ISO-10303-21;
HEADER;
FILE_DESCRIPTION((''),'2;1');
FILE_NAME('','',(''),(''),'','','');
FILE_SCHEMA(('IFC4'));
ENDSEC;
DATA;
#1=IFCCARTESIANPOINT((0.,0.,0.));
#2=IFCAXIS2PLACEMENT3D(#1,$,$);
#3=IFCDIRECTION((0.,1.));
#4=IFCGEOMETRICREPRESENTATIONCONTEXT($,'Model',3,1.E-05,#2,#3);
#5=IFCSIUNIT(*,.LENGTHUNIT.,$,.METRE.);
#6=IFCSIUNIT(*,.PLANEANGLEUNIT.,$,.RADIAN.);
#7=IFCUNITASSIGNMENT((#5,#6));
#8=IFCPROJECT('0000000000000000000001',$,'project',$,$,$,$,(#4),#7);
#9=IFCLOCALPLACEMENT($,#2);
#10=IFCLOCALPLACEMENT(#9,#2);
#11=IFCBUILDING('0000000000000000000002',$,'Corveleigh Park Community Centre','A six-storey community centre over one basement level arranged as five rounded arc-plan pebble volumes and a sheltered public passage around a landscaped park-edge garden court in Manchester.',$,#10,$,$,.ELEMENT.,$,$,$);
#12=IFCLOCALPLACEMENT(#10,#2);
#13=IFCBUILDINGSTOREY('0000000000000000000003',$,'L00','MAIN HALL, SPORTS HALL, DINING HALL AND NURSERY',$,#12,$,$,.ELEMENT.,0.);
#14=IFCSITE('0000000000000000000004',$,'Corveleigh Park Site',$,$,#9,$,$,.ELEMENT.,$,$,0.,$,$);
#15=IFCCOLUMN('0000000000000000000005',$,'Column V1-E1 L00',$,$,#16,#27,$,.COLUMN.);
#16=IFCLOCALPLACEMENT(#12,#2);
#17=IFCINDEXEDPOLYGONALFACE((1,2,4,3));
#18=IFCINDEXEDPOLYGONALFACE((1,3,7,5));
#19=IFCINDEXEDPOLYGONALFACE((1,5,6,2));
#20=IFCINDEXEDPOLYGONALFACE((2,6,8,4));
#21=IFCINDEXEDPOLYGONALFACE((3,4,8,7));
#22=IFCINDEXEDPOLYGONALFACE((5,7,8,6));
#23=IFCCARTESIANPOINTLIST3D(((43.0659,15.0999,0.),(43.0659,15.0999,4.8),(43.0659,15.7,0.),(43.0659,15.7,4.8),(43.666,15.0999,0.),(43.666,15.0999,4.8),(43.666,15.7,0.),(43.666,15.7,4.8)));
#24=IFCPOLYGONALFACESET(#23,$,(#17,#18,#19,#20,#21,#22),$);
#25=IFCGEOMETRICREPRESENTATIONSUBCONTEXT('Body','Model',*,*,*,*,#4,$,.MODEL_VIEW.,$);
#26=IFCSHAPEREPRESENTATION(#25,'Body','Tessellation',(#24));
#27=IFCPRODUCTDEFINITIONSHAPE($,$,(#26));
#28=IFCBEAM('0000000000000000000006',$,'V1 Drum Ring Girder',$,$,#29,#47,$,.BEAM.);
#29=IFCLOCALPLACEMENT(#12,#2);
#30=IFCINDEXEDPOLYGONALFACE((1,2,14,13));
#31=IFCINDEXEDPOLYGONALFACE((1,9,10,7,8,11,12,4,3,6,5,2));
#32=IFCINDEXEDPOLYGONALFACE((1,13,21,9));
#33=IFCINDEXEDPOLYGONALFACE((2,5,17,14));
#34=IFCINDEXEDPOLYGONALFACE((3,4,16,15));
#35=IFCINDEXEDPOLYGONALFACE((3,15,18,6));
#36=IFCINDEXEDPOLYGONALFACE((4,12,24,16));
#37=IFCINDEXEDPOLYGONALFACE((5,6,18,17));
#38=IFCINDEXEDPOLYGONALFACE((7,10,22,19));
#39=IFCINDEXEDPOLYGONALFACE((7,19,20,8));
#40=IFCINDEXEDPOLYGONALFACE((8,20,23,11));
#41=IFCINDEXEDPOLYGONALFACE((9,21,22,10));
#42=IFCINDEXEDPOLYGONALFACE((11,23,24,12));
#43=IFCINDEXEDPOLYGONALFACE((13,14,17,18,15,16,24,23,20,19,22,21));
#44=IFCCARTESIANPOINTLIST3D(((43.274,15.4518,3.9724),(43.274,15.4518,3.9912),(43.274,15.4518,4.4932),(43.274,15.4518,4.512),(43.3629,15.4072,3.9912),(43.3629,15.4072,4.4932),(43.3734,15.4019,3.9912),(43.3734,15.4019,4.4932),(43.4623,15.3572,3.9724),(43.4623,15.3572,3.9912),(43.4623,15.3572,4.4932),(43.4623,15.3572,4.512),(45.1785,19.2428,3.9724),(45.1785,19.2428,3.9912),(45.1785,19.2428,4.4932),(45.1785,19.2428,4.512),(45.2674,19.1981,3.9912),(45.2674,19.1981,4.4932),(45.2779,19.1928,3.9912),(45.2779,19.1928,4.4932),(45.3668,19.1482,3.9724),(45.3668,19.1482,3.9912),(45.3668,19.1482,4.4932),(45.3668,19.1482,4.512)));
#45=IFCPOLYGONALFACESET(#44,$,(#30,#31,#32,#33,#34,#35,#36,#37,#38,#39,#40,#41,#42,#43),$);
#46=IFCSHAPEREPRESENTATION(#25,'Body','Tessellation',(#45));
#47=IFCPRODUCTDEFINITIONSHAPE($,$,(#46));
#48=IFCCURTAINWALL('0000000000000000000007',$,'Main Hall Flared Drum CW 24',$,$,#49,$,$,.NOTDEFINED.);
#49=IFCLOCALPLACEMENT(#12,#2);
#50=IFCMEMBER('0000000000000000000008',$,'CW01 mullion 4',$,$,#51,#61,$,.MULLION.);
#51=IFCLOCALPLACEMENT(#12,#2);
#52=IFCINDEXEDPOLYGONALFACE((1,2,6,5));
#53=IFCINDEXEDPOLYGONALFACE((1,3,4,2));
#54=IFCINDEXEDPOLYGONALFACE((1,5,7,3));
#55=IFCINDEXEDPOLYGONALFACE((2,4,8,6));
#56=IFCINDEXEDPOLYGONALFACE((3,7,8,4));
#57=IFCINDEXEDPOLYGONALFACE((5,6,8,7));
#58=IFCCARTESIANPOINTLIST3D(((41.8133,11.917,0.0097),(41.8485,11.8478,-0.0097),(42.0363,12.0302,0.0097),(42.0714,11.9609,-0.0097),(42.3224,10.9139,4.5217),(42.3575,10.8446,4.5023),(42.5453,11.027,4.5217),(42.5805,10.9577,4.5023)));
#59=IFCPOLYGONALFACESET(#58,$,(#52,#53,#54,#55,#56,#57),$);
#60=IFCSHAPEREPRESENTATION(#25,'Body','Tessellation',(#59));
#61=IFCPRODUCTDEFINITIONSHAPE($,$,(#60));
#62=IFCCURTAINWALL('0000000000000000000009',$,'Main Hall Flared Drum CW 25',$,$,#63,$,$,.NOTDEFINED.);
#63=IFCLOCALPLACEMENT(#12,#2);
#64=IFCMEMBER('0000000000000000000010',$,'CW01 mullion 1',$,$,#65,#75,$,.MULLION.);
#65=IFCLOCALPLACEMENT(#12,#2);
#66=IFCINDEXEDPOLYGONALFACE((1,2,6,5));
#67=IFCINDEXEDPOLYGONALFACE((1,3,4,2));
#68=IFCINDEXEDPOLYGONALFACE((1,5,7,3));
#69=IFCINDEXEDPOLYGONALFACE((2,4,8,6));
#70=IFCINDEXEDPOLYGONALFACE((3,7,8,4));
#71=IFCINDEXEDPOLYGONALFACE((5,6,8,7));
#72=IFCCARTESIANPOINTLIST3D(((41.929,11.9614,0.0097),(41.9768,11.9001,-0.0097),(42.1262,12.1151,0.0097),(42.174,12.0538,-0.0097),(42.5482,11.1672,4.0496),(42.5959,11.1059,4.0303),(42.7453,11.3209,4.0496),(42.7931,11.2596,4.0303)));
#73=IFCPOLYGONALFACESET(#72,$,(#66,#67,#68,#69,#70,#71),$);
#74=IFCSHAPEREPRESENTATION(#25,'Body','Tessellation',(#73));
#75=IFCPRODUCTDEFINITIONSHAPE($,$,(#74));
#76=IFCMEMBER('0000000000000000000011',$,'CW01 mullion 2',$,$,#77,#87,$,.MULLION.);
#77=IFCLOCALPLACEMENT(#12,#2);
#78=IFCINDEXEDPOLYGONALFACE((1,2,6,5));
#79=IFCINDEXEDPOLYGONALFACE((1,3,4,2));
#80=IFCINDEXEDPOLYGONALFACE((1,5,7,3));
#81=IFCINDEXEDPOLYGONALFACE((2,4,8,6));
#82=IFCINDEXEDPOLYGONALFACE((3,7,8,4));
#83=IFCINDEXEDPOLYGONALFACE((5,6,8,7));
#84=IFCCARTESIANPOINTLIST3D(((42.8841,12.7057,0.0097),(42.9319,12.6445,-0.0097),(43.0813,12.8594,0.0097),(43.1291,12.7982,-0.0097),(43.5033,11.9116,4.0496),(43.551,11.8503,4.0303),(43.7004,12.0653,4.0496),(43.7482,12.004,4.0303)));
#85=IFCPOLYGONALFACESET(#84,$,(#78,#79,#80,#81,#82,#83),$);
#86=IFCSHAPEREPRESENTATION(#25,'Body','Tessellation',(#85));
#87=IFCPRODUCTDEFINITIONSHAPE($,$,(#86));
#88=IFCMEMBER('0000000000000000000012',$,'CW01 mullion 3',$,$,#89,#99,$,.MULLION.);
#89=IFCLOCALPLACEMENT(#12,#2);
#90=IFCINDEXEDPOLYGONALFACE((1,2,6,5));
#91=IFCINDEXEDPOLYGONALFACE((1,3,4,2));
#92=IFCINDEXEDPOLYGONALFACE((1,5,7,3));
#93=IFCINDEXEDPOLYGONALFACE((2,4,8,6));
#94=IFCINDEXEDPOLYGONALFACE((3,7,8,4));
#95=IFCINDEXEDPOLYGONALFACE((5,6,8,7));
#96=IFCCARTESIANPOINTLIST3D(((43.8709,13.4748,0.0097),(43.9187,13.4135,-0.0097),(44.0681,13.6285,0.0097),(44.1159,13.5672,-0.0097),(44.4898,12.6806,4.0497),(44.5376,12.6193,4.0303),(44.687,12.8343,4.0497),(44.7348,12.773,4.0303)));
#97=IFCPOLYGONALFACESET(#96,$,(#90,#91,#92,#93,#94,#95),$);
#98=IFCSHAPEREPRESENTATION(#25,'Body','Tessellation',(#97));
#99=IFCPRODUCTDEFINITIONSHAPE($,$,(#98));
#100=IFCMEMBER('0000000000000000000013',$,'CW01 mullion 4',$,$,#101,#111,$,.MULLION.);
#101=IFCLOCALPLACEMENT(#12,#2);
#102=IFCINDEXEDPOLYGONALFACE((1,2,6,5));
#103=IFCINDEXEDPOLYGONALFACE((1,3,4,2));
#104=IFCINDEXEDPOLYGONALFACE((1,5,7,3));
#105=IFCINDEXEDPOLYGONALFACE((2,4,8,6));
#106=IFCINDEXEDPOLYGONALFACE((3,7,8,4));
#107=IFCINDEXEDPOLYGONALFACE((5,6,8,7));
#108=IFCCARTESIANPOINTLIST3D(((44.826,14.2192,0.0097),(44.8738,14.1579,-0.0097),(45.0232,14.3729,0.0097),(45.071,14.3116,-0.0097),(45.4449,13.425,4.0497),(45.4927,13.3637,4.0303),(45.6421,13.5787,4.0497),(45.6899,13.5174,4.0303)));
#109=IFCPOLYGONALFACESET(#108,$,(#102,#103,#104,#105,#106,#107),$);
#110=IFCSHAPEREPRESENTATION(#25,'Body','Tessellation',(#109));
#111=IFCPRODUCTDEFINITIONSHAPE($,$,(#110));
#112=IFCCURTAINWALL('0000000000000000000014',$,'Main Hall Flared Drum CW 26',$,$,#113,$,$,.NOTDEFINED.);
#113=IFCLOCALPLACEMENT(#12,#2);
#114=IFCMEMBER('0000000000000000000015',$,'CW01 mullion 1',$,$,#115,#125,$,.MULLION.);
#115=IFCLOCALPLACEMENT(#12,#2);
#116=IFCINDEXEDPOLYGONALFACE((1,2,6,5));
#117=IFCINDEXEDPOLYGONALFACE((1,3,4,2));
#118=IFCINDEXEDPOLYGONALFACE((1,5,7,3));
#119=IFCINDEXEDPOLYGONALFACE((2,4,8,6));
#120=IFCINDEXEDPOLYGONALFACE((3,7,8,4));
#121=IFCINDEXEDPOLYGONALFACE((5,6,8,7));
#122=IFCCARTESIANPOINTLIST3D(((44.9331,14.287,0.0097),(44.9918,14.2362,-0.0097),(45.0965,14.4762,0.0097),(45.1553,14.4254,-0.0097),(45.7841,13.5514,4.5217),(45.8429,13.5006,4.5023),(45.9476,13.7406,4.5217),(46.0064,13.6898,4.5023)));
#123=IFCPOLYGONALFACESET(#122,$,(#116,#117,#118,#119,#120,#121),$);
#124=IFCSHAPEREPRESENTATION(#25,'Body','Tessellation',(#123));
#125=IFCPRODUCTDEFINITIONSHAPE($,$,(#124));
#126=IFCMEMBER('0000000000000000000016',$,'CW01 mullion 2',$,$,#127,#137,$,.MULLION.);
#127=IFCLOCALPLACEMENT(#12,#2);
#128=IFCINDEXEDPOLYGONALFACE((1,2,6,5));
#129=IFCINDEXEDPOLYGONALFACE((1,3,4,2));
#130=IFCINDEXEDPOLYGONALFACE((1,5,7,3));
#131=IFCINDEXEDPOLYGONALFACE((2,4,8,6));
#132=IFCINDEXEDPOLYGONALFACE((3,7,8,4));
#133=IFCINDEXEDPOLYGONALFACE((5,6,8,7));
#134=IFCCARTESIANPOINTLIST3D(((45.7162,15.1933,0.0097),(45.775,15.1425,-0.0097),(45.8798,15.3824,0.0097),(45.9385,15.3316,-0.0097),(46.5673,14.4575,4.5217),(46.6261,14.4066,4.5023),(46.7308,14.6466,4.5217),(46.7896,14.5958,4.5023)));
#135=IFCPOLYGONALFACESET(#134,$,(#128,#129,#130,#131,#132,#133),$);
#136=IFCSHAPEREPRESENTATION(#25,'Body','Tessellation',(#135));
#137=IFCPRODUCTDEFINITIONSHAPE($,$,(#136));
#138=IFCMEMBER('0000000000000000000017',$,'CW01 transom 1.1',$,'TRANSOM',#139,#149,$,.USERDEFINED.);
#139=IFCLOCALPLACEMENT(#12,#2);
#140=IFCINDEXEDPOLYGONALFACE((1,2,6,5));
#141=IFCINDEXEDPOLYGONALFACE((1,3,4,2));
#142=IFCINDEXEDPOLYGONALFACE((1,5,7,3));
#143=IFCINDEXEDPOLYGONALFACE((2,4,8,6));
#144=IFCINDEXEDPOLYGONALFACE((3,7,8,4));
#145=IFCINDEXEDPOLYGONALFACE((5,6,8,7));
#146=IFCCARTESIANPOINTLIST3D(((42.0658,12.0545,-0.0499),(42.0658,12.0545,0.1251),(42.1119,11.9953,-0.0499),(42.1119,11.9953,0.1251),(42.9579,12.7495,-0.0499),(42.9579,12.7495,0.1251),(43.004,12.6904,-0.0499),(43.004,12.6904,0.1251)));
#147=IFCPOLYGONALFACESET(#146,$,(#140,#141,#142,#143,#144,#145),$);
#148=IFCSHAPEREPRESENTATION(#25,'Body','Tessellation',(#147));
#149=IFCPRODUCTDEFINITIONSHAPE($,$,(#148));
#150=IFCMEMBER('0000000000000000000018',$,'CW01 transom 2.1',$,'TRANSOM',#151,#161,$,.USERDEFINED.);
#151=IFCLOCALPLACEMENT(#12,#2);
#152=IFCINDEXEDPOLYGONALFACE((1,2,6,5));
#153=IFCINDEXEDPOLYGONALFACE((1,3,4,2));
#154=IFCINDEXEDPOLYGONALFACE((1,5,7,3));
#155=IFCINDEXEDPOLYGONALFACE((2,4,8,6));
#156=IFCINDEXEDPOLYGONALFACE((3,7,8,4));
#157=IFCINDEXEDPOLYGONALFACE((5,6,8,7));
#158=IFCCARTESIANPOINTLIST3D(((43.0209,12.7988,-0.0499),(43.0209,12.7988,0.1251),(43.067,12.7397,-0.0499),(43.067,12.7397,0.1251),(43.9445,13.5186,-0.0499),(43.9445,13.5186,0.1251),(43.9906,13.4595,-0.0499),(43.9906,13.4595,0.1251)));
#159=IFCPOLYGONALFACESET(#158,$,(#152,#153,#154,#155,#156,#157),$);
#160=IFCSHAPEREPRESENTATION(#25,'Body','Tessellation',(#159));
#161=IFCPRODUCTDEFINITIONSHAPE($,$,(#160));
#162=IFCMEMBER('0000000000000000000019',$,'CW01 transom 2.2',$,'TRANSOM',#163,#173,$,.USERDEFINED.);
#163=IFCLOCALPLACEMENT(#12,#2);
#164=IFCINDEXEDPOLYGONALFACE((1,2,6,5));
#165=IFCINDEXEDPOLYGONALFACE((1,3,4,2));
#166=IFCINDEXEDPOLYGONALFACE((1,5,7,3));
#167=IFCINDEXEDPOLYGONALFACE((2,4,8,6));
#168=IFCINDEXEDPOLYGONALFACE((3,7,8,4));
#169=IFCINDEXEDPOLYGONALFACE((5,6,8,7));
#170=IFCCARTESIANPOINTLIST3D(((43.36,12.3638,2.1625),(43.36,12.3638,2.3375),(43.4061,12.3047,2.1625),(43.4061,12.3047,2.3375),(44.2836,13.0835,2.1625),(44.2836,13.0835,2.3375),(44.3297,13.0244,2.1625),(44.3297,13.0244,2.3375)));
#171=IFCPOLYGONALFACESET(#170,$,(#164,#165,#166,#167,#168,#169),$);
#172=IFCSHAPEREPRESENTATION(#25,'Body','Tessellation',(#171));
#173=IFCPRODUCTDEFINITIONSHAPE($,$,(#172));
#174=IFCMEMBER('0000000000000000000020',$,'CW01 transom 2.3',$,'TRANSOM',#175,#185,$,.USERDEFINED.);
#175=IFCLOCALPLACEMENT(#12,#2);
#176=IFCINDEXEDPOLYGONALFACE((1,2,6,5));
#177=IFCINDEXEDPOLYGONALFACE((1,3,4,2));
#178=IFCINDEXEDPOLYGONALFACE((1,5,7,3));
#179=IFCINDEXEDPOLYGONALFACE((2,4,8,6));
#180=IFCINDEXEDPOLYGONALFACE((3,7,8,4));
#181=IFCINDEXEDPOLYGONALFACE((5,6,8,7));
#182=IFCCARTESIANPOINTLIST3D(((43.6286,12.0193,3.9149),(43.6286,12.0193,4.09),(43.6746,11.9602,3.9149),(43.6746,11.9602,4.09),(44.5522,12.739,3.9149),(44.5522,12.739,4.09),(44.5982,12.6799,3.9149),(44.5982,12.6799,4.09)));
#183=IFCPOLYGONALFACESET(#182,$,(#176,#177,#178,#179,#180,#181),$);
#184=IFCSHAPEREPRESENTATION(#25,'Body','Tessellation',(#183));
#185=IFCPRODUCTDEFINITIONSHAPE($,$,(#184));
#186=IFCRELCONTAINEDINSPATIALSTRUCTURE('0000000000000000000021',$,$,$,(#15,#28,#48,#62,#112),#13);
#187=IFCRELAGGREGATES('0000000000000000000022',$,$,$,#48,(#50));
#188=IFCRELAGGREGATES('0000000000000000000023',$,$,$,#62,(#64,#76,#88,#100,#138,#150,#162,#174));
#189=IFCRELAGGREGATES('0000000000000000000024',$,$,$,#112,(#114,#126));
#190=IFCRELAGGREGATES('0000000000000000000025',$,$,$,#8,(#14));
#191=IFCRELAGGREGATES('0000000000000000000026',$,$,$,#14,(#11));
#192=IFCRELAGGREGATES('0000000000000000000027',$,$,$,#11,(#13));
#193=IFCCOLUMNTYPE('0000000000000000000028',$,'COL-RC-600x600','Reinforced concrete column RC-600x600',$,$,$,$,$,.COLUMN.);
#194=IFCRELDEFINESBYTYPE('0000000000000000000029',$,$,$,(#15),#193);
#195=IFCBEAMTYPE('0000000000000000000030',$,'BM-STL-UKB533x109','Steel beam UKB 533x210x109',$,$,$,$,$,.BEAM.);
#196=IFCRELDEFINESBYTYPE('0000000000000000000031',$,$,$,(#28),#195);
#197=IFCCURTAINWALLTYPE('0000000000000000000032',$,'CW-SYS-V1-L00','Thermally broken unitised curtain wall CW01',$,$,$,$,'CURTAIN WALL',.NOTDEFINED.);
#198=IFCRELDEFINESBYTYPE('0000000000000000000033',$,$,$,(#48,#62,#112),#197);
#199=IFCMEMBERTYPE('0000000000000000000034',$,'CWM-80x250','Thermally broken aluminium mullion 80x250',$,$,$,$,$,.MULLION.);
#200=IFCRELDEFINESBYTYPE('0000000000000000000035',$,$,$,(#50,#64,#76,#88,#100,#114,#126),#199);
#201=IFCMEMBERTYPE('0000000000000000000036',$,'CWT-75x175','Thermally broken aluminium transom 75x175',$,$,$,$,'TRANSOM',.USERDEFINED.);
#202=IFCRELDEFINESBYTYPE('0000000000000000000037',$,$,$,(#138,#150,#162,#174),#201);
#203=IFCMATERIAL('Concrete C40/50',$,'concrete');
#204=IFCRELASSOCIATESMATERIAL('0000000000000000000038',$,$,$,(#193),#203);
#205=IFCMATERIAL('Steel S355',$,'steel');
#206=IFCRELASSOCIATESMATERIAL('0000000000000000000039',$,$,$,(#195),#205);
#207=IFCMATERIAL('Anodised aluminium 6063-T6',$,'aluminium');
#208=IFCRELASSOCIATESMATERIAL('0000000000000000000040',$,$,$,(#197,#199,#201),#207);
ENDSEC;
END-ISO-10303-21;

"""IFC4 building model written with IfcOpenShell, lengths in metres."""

from ifc_helpers import new_model, si_unit, direction, frame, origin, origin_2d, place, context, subcontext, project, spatial, rectangle, i_section, extrude, material, material_profile, profile_set, type_object, element, aggregate, save


model = new_model("IFC4")

# Units and contexts
model_context = context("Model", 3, precision=1e-05, world=origin(), true_north=direction((0.0, 1.0)))
body_context = subcontext(model_context, "Body", "Model", "MODEL_VIEW")
ifc_project = project(units=[si_unit("LENGTHUNIT", "METRE"), si_unit("PLANEANGLEUNIT", "RADIAN")], contexts=[model_context])

# Site, building, storey
site_placement = place(None, origin())
site = spatial("IfcSite", under=ifc_project, at=site_placement, Name="Corveleigh Park Site", CompositionType="ELEMENT", RefElevation=0.0)
building_placement = place(site_placement, origin())
building = spatial("IfcBuilding", under=site, at=building_placement, Name="Corveleigh Park Community Centre", Description="A six-storey community centre over one basement level arranged as five rounded arc-plan pebble volumes and a sheltered public passage around a landscaped park-edge garden court in Manchester.", CompositionType="ELEMENT")
storey_placement = place(building_placement, origin())
storey = spatial("IfcBuildingStorey", under=building, at=storey_placement, Name="L00", Description="MAIN HALL, SPORTS HALL, DINING HALL AND NURSERY", CompositionType="ELEMENT", Elevation=0.0)

# Column
ifc_material_1 = material(Name="Concrete C40/50", Category="concrete")
ifc_material_profile_1 = material_profile(ifc_material_1, rectangle(XDim=0.6001, YDim=0.6001, at=origin_2d()), Name="RC-600x600", Category="concrete")
ifc_profile_set_1 = profile_set([ifc_material_profile_1], Name="Concrete C40/50")
column_type = type_object("IfcColumnType", Name="COL-RC-600x600", Description="Reinforced concrete column RC-600x600", PredefinedType="COLUMN", material=ifc_profile_set_1)
column_placement = place(storey_placement, frame((43.366, 15.3999, 0.0), z_axis=(0.0, 0.0, 1.0), x_axis=(1.0, 0.0, 0.0)))
element("IfcColumn", 1, at=column_placement, inside=storey, type_object=column_type, Name="Column V1-E1 L00", PredefinedType="COLUMN", context=body_context, shape_type="SweptSolid", body=[
    extrude(rectangle(XDim=0.6001, YDim=0.6001, at=origin_2d()), origin(), (0.0, 0.0, 1.0), 4.8),
])

# Beam
ifc_material_2 = material(Name="Steel S355", Category="steel")
ifc_material_profile_2 = material_profile(ifc_material_2, i_section(OverallWidth=0.2107, OverallDepth=0.5396, WebThickness=0.0117, FlangeThickness=0.0188, at=origin_2d()), Name="UKB 533x210x109", Category="steel")
ifc_profile_set_2 = profile_set([ifc_material_profile_2], Name="Steel S355")
beam_type = type_object("IfcBeamType", Name="BM-STL-UKB533x109", Description="Steel beam UKB 533x210x109", PredefinedType="BEAM", material=ifc_profile_set_2)
beam_placement = place(storey_placement, frame((43.3682, 15.4045, 4.2422), z_axis=(0.448916, 0.893574, 0.0), x_axis=(-0.893574, 0.448916, 0.0)))
element("IfcBeam", 2, at=beam_placement, inside=storey, type_object=beam_type, Name="V1 Drum Ring Girder", PredefinedType="BEAM", context=body_context, shape_type="SweptSolid", body=[
    extrude(i_section(OverallWidth=0.2107, OverallDepth=0.5396, WebThickness=0.0117, FlangeThickness=0.0188, at=origin_2d()), origin(), (0.0, 0.0, 1.0), 4.2424),
])

# Curtain wall, member
ifc_material_3 = material(Name="Anodised aluminium 6063-T6", Category="aluminium")
curtain_wall_type = type_object("IfcCurtainWallType", Name="CW-SYS-V1-L00", Description="Thermally broken unitised curtain wall CW01", ElementType="CURTAIN WALL", PredefinedType="NOTDEFINED", material=ifc_material_3)
curtain_wall_1_placement = place(storey_placement, origin())
curtain_wall_1 = element("IfcCurtainWall", 3, at=curtain_wall_1_placement, inside=storey, type_object=curtain_wall_type, Name="Main Hall Flared Drum CW 24", PredefinedType="NOTDEFINED")
ifc_material_profile_3 = material_profile(ifc_material_3, rectangle(XDim=0.0801, YDim=0.25, at=origin_2d()), Name="ALU-M80x250", Category="aluminium")
ifc_profile_set_3 = profile_set([ifc_material_profile_3], Name="Anodised aluminium 6063-T6")
member_type_1 = type_object("IfcMemberType", Name="CWM-80x250", Description="Thermally broken aluminium mullion 80x250", PredefinedType="MULLION", material=ifc_profile_set_3)
member_1_placement = place(storey_placement, frame((41.9424, 11.939, 0.0), z_axis=(0.109468, -0.215732, 0.970297), x_axis=(-0.439061, 0.865276, 0.241917)))
member_1 = element("IfcMember", 4, at=member_1_placement, type_object=member_type_1, Name="CW01 mullion 4", PredefinedType="MULLION", context=body_context, shape_type="SweptSolid", body=[
    extrude(rectangle(XDim=0.0801, YDim=0.25, at=origin_2d()), origin(), (0.0, 0.0, 1.0), 4.6501),
])
aggregate(curtain_wall_1, [member_1])

# Curtain walls, members
curtain_wall_2_placement = place(storey_placement, origin())
curtain_wall_2 = element("IfcCurtainWall", 5, at=curtain_wall_2_placement, inside=storey, type_object=curtain_wall_type, Name="Main Hall Flared Drum CW 25", PredefinedType="NOTDEFINED")
member_2_placement = place(storey_placement, frame((42.0515, 12.0076, 0.0), z_axis=(0.148701, -0.190744, 0.970312), x_axis=(-0.596577, 0.765246, 0.241858)))
member_2 = element("IfcMember", 6, at=member_2_placement, type_object=member_type_1, Name="CW01 mullion 1", PredefinedType="MULLION", context=body_context, shape_type="SweptSolid", body=[
    extrude(rectangle(XDim=0.0801, YDim=0.25, at=origin_2d()), origin(), (0.0, 0.0, 1.0), 4.1636),
])
member_3_placement = place(storey_placement, frame((43.0066, 12.752, 0.0), z_axis=(0.148701, -0.190744, 0.970312), x_axis=(-0.596577, 0.765246, 0.241858)))
member_3 = element("IfcMember", 7, at=member_3_placement, type_object=member_type_1, Name="CW01 mullion 2", PredefinedType="MULLION", context=body_context, shape_type="SweptSolid", body=[
    extrude(rectangle(XDim=0.0801, YDim=0.25, at=origin_2d()), origin(), (0.0, 0.0, 1.0), 4.1636),
])
member_4_placement = place(storey_placement, frame((43.9934, 13.521, 0.0), z_axis=(0.148644, -0.190745, 0.97032), x_axis=(-0.596435, 0.765367, 0.241824)))
member_4 = element("IfcMember", 8, at=member_4_placement, type_object=member_type_1, Name="CW01 mullion 3", PredefinedType="MULLION", context=body_context, shape_type="SweptSolid", body=[
    extrude(rectangle(XDim=0.0801, YDim=0.25, at=origin_2d()), origin(), (0.0, 0.0, 1.0), 4.1636),
])
member_5_placement = place(storey_placement, frame((44.9485, 14.2654, 0.0), z_axis=(0.148644, -0.190745, 0.97032), x_axis=(-0.596435, 0.765367, 0.241824)))
member_5 = element("IfcMember", 9, at=member_5_placement, type_object=member_type_1, Name="CW01 mullion 4", PredefinedType="MULLION", context=body_context, shape_type="SweptSolid", body=[
    extrude(rectangle(XDim=0.0801, YDim=0.25, at=origin_2d()), origin(), (0.0, 0.0, 1.0), 4.1636),
])
curtain_wall_3_placement = place(storey_placement, origin())
curtain_wall_3 = element("IfcCurtainWall", 10, at=curtain_wall_3_placement, inside=storey, type_object=curtain_wall_type, Name="Main Hall Flared Drum CW 26", PredefinedType="NOTDEFINED")
member_6_placement = place(storey_placement, frame((45.0442, 14.3562, 0.0), z_axis=(0.183024, -0.15819, 0.970298), x_axis=(-0.734098, 0.634491, 0.241913)))
member_6 = element("IfcMember", 11, at=member_6_placement, type_object=member_type_1, Name="CW01 mullion 1", PredefinedType="MULLION", context=body_context, shape_type="SweptSolid", body=[
    extrude(rectangle(XDim=0.0801, YDim=0.25, at=origin_2d()), origin(), (0.0, 0.0, 1.0), 4.6501),
])
member_7_placement = place(storey_placement, frame((45.8274, 15.2625, 0.0), z_axis=(0.183022, -0.158241, 0.97029), x_axis=(-0.733987, 0.634606, 0.241945)))
member_7 = element("IfcMember", 12, at=member_7_placement, type_object=member_type_1, Name="CW01 mullion 2", PredefinedType="MULLION", context=body_context, shape_type="SweptSolid", body=[
    extrude(rectangle(XDim=0.0801, YDim=0.25, at=origin_2d()), origin(), (0.0, 0.0, 1.0), 4.6501),
])

# Members
ifc_material_profile_4 = material_profile(ifc_material_3, rectangle(XDim=0.075, YDim=0.175, at=origin_2d()), Name="ALU-T75x175", Category="aluminium")
ifc_profile_set_4 = profile_set([ifc_material_profile_4], Name="Anodised aluminium 6063-T6")
member_type_2 = type_object("IfcMemberType", Name="CWT-75x175", Description="Thermally broken aluminium transom 75x175", ElementType="TRANSOM", PredefinedType="USERDEFINED", material=ifc_profile_set_4)
member_8_placement = place(storey_placement, frame((42.0889, 12.0249, 0.0376), z_axis=(0.788829, 0.614613, 0.0), x_axis=(-0.614613, 0.788829, 0.0)))
member_8 = element("IfcMember", 13, at=member_8_placement, type_object=member_type_2, Name="CW01 transom 1.1", ObjectType="TRANSOM", PredefinedType="USERDEFINED", context=body_context, shape_type="SweptSolid", body=[
    extrude(rectangle(XDim=0.075, YDim=0.175, at=origin_2d()), origin(), (0.0, 0.0, 1.0), 1.1309),
])
member_9_placement = place(storey_placement, frame((43.0439, 12.7693, 0.0376), z_axis=(0.788779, 0.614677, 0.0), x_axis=(-0.614677, 0.788779, 0.0)))
member_9 = element("IfcMember", 14, at=member_9_placement, type_object=member_type_2, Name="CW01 transom 2.1", ObjectType="TRANSOM", PredefinedType="USERDEFINED", context=body_context, shape_type="SweptSolid", body=[
    extrude(rectangle(XDim=0.075, YDim=0.175, at=origin_2d()), origin(), (0.0, 0.0, 1.0), 1.1709),
])
member_10_placement = place(storey_placement, frame((43.3831, 12.3342, 2.25), z_axis=(0.788779, 0.614677, 0.0), x_axis=(-0.614677, 0.788779, 0.0)))
member_10 = element("IfcMember", 15, at=member_10_placement, type_object=member_type_2, Name="CW01 transom 2.2", ObjectType="TRANSOM", PredefinedType="USERDEFINED", context=body_context, shape_type="SweptSolid", body=[
    extrude(rectangle(XDim=0.075, YDim=0.175, at=origin_2d()), origin(), (0.0, 0.0, 1.0), 1.1709),
])
member_11_placement = place(storey_placement, frame((43.6516, 11.9897, 4.0024), z_axis=(0.788779, 0.614677, 0.0), x_axis=(-0.614677, 0.788779, 0.0)))
member_11 = element("IfcMember", 16, at=member_11_placement, type_object=member_type_2, Name="CW01 transom 2.3", ObjectType="TRANSOM", PredefinedType="USERDEFINED", context=body_context, shape_type="SweptSolid", body=[
    extrude(rectangle(XDim=0.075, YDim=0.175, at=origin_2d()), origin(), (0.0, 0.0, 1.0), 1.1709),
])

aggregate(curtain_wall_2, [member_2, member_3, member_4, member_5, member_8, member_9, member_10, member_11])
aggregate(curtain_wall_3, [member_6, member_7])

save(model, "model.ifc")
